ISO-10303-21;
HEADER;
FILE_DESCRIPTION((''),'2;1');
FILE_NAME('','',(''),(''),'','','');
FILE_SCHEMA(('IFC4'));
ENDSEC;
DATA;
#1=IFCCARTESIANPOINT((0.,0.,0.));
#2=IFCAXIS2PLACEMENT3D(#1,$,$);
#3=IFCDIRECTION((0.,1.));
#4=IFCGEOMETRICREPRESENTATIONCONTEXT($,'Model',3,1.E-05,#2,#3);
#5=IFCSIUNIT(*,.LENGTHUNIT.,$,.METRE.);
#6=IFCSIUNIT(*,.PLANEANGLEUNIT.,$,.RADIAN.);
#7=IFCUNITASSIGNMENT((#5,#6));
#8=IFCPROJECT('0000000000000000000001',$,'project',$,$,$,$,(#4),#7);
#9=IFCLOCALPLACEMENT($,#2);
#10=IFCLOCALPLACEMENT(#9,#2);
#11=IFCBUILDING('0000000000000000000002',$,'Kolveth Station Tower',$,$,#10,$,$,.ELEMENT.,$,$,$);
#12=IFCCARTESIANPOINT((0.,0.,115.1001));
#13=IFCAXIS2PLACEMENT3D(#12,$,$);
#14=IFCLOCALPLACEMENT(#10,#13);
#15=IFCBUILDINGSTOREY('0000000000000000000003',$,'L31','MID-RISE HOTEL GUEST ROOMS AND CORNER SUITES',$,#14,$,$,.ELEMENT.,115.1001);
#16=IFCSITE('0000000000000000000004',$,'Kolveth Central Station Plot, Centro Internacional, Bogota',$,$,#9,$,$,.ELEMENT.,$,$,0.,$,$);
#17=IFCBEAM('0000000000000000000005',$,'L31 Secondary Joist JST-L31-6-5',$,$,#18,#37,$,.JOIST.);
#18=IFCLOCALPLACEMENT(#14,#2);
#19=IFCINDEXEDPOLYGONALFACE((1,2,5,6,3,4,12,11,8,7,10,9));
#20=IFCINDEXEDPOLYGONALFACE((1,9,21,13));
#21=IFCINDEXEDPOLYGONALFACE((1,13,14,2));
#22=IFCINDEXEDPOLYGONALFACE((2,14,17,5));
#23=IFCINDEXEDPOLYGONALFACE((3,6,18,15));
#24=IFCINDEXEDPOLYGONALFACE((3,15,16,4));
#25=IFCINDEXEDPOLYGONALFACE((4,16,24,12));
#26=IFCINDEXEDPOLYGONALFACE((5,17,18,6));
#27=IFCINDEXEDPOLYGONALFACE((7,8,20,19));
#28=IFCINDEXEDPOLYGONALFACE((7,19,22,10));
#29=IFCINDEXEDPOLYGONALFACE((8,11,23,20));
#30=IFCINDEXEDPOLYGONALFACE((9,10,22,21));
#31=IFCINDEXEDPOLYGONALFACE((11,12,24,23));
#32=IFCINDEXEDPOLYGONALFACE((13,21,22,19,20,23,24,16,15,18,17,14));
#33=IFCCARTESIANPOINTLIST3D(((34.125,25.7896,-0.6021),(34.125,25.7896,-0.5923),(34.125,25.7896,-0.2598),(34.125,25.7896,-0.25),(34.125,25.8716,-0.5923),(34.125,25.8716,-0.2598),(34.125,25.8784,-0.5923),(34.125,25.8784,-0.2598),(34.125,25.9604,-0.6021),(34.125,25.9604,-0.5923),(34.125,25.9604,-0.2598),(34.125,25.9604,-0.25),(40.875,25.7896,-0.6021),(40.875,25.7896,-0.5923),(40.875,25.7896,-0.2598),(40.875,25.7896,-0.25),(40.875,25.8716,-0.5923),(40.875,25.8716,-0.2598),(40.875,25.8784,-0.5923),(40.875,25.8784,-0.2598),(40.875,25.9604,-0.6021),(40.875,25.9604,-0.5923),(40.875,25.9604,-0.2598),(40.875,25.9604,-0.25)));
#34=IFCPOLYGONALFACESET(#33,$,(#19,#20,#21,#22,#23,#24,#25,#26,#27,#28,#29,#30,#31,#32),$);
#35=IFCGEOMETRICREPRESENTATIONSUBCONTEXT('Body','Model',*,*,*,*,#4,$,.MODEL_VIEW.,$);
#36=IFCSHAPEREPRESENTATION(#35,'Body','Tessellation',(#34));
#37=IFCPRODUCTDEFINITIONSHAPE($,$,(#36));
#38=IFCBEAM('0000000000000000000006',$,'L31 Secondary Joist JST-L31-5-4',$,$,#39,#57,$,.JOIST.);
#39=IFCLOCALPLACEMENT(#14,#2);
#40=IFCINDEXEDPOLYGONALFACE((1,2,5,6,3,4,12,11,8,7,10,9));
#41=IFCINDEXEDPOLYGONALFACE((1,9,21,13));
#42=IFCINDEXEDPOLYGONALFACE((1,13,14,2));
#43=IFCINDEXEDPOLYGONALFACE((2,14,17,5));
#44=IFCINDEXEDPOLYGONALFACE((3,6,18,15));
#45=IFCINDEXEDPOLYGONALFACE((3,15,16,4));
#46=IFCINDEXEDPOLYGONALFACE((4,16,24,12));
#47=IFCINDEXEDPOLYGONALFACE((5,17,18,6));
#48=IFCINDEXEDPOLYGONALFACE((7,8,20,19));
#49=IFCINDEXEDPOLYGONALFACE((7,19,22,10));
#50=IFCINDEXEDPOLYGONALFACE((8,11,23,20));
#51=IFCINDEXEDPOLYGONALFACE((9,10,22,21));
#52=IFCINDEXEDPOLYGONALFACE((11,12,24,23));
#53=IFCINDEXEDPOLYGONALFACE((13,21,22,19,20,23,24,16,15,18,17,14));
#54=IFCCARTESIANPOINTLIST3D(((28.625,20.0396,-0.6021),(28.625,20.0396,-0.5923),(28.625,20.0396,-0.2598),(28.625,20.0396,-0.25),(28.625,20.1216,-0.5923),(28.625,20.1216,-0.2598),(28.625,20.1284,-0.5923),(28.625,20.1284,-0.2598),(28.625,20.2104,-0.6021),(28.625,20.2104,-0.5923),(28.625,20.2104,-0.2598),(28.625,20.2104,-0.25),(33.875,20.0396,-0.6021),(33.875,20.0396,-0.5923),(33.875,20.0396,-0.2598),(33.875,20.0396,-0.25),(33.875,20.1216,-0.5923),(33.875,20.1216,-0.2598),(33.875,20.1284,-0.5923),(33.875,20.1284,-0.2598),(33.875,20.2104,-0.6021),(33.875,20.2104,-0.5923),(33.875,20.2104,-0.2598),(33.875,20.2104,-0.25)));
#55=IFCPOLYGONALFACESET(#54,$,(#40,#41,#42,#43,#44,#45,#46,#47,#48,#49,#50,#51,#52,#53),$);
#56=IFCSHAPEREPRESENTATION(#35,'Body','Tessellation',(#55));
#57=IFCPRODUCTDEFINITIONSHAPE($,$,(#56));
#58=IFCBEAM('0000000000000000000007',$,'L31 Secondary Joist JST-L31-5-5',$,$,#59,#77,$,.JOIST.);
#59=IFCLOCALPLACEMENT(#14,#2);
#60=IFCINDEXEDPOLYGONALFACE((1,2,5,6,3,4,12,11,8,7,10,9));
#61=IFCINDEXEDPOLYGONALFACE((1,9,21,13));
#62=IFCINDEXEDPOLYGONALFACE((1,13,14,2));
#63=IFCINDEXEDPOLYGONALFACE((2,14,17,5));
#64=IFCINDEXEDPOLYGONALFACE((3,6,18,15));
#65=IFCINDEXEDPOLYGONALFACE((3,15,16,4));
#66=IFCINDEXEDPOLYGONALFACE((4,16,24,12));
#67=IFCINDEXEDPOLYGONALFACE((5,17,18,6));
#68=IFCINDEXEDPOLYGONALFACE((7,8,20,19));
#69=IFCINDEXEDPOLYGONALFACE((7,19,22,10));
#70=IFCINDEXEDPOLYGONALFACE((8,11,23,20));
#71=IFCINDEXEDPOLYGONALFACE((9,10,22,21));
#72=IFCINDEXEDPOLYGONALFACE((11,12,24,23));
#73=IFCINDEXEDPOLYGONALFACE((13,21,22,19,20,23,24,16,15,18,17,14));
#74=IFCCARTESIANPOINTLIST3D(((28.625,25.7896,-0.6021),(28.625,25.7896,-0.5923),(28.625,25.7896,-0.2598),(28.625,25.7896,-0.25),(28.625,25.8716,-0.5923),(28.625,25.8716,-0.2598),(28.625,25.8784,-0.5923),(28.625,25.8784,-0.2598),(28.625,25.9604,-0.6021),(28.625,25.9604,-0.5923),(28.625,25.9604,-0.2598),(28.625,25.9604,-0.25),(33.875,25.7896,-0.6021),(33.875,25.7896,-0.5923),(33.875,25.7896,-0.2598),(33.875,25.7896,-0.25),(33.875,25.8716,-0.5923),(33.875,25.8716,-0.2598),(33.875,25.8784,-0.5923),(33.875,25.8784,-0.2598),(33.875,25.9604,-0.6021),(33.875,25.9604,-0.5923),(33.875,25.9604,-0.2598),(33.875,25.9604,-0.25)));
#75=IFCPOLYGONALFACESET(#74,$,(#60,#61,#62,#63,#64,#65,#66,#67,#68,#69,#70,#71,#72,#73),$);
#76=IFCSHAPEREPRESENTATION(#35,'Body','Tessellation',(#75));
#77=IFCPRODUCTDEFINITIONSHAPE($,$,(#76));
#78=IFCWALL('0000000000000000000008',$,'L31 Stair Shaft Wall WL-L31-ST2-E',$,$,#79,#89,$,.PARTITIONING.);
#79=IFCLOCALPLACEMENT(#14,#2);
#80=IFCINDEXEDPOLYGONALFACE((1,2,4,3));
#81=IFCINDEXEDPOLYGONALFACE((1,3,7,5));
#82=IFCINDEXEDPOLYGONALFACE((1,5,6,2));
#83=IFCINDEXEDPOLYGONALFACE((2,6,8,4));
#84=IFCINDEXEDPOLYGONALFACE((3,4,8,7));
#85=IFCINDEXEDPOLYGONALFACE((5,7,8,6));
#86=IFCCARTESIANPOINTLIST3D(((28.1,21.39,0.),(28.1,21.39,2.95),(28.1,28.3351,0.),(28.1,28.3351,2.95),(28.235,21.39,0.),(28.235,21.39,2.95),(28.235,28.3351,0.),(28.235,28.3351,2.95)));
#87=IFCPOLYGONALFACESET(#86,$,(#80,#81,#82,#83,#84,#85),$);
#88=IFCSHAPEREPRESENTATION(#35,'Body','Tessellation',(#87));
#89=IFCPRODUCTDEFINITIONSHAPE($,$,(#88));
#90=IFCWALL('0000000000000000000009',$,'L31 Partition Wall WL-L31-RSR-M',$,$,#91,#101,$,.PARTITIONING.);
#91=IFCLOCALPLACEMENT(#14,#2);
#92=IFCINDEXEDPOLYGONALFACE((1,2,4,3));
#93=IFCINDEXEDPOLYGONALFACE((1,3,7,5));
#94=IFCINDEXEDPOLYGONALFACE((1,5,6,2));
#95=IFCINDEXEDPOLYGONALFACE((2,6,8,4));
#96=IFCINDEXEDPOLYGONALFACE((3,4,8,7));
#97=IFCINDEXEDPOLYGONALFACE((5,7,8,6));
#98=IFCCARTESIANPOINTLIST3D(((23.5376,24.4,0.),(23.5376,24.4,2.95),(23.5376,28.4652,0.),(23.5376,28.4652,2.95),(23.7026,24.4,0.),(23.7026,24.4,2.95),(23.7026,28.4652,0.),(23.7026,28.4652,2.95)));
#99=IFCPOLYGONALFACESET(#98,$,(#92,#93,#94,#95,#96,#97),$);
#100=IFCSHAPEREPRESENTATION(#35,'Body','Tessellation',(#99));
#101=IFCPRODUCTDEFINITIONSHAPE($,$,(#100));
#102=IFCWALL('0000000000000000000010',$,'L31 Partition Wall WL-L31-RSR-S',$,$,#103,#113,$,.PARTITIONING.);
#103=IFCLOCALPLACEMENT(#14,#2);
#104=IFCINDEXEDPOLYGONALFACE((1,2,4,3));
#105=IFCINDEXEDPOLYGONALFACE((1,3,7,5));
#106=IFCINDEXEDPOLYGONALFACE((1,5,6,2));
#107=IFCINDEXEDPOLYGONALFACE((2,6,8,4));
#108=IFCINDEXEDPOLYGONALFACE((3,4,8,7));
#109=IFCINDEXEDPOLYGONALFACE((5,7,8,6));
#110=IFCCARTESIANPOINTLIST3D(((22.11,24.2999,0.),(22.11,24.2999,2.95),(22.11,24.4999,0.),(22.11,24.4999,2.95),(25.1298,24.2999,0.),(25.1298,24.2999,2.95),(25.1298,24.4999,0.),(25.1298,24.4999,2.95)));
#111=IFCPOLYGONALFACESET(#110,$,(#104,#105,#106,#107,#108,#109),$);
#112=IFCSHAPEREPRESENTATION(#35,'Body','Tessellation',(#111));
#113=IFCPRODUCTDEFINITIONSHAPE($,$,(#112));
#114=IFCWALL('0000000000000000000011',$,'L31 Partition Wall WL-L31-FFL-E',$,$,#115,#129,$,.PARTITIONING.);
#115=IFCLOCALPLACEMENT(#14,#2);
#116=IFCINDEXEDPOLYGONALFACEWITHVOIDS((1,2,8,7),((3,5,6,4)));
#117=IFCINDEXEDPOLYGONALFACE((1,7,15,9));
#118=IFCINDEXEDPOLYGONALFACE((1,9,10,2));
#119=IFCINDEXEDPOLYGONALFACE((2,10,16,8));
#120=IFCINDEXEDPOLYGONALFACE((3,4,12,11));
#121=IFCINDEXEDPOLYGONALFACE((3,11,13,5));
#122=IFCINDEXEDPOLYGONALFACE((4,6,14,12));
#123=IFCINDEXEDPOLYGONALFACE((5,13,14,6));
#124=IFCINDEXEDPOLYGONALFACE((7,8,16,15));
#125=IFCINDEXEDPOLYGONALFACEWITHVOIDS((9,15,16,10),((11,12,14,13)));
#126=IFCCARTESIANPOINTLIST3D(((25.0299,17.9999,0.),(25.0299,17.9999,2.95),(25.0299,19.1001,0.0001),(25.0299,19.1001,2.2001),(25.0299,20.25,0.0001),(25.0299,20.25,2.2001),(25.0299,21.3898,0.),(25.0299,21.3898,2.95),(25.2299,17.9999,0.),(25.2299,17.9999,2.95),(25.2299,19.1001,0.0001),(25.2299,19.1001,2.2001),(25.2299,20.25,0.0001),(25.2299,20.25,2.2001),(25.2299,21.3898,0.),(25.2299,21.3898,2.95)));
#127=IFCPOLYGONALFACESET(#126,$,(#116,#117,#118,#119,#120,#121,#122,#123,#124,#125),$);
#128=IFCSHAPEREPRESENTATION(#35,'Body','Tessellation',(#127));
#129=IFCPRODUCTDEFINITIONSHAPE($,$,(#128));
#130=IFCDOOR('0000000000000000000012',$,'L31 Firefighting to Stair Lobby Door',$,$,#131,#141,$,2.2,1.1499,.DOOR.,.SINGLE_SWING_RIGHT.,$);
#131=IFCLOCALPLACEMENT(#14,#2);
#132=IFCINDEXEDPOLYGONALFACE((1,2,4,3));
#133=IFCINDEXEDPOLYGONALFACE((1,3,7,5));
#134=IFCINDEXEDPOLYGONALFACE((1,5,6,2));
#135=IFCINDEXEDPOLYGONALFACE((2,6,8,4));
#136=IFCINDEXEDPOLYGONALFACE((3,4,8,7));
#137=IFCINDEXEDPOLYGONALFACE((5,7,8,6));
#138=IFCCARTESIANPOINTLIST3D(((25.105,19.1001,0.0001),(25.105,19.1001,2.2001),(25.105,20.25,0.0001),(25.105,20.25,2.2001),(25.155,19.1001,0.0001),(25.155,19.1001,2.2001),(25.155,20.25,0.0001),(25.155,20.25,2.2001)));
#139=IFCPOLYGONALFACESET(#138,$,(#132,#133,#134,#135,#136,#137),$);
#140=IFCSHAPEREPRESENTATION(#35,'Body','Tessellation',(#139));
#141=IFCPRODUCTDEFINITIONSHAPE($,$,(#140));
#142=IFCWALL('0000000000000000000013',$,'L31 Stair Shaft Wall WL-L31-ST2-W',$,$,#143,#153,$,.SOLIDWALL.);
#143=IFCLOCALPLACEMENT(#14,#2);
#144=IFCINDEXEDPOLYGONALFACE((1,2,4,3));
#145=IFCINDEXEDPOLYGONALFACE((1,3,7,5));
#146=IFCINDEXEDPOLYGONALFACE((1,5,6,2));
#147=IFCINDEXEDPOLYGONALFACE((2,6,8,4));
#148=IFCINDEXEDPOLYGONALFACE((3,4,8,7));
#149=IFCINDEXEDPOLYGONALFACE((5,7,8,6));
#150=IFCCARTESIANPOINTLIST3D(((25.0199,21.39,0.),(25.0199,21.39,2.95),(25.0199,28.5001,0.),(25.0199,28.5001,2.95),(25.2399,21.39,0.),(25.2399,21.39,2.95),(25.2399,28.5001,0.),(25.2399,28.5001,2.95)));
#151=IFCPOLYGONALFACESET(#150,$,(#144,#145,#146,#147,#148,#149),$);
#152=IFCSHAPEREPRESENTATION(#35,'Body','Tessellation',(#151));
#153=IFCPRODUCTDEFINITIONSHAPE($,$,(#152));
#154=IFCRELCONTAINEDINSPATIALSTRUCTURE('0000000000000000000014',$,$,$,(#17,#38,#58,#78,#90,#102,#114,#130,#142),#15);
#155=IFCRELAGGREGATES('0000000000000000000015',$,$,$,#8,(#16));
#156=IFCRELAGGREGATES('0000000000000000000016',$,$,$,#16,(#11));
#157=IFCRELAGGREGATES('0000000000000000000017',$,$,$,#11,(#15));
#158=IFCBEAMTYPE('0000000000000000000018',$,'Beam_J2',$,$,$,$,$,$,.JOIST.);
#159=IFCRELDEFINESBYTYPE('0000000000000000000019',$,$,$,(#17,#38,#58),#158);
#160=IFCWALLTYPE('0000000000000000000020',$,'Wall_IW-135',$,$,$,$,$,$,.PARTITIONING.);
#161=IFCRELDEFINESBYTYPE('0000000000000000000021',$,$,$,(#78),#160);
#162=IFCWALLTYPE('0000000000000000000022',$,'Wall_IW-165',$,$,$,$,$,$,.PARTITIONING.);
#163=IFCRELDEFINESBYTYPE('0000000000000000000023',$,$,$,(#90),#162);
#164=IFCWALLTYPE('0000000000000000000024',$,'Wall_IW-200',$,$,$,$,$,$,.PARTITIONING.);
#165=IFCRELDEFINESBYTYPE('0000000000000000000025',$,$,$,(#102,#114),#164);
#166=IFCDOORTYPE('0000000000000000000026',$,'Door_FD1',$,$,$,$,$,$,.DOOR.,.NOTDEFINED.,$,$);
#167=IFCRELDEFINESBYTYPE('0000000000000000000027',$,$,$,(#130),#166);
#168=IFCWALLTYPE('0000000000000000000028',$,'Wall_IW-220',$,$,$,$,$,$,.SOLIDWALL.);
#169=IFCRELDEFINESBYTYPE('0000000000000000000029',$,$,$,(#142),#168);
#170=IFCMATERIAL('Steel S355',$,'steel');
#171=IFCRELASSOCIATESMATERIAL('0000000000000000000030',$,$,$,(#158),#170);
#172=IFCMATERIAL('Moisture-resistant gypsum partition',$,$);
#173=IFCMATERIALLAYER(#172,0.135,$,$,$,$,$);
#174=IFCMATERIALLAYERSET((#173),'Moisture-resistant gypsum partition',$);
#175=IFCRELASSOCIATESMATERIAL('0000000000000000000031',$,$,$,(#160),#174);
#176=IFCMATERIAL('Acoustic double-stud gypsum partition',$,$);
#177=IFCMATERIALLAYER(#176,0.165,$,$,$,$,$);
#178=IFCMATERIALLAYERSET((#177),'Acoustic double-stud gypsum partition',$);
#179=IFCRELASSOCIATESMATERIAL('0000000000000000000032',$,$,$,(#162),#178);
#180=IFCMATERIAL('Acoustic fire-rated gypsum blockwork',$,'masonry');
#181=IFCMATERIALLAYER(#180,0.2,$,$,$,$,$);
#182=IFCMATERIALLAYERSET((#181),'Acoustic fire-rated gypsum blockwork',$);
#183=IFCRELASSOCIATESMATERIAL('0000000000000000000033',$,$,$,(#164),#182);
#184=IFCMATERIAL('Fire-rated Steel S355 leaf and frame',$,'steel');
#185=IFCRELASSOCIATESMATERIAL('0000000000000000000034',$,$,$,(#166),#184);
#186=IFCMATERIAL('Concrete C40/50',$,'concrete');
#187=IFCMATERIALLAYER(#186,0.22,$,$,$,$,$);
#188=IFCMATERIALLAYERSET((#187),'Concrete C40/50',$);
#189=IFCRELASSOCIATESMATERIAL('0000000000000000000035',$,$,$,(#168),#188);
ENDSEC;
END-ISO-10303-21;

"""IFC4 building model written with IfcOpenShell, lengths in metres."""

from ifc_helpers import new_model, si_unit, direction, frame, frame_2d, origin, origin_2d, place, context, subcontext, project, spatial, rectangle, i_section, extrude, source, transform, mapped, material, layer, layer_set, material_profile, profile_set, type_object, element, fill, save


model = new_model("IFC4")

# Units and contexts
model_context = context("Model", 3, precision=1e-05, world=origin(), true_north=direction((0.0, 1.0)))
body_context = subcontext(model_context, "Body", "Model", "MODEL_VIEW")
ifc_project = project(units=[si_unit("LENGTHUNIT", "METRE"), si_unit("PLANEANGLEUNIT", "RADIAN")], contexts=[model_context])

# Site, building, storey
site_placement = place(None, origin())
site = spatial("IfcSite", under=ifc_project, at=site_placement, Name="Kolveth Central Station Plot, Centro Internacional, Bogota", CompositionType="ELEMENT", RefElevation=0.0)
building_placement = place(site_placement, origin())
building = spatial("IfcBuilding", under=site, at=building_placement, Name="Kolveth Station Tower", CompositionType="ELEMENT")
storey_placement = place(building_placement, frame((0.0, 0.0, 115.1001)))
storey = spatial("IfcBuildingStorey", under=building, at=storey_placement, Name="L31", Description="MID-RISE HOTEL GUEST ROOMS AND CORNER SUITES", CompositionType="ELEMENT", Elevation=115.1001)

# Shared definitions
ifc_material_1 = material(Name="Steel S355", Category="steel")

# Beams
ifc_material_profile_1 = material_profile(ifc_material_1, i_section(OverallWidth=0.1709, OverallDepth=0.3521, WebThickness=0.0068, FlangeThickness=0.0098, at=origin_2d()), Name="W360x44")
ifc_profile_set_1 = profile_set([ifc_material_profile_1], Name="Steel S355")
beam_type_1 = type_object("IfcBeamType", Name="Beam_J2", PredefinedType="JOIST", material=ifc_profile_set_1)
shared_shape_1 = source(origin(), body_context, "Body", "SweptSolid", [
    extrude(i_section(OverallWidth=0.1709, OverallDepth=0.3521, WebThickness=0.0068, FlangeThickness=0.0098, at=origin_2d()), origin(), (0.0, 0.0, 1.0), 6.75),
])
for number, where, z_axis, x_axis, name in (
    (1, (34.125, 25.875, -0.426), (1.0, 0.0, 0.0), (0.0, 1.0, 0.0), "L31 Secondary Joist JST-L31-6-5"),
):
    element("IfcBeam", number, at=place(storey_placement, frame(where, z_axis=z_axis, x_axis=x_axis)), inside=storey, type_object=beam_type_1, Name=name, PredefinedType="JOIST", context=body_context, shape_type="MappedRepresentation", body=[
        mapped(shared_shape_1, transform((0.0, 0.0, 0.0), x_axis=(1.0, 0.0, 0.0), y_axis=(0.0, 1.0, 0.0), z_axis=(0.0, 0.0, 1.0), scale=1.0)),
    ])
shared_shape_2 = source(origin(), body_context, "Body", "SweptSolid", [
    extrude(i_section(OverallWidth=0.1709, OverallDepth=0.3521, WebThickness=0.0068, FlangeThickness=0.0098, at=origin_2d()), origin(), (0.0, 0.0, 1.0), 5.25),
])
for number, where, z_axis, x_axis, name in (
    (2, (28.625, 20.125, -0.426), (1.0, 0.0, 0.0), (0.0, 1.0, 0.0), "L31 Secondary Joist JST-L31-5-4"),
    (3, (28.625, 25.875, -0.426), (1.0, 0.0, 0.0), (0.0, 1.0, 0.0), "L31 Secondary Joist JST-L31-5-5"),
):
    element("IfcBeam", number, at=place(storey_placement, frame(where, z_axis=z_axis, x_axis=x_axis)), inside=storey, type_object=beam_type_1, Name=name, PredefinedType="JOIST", context=body_context, shape_type="MappedRepresentation", body=[
        mapped(shared_shape_2, transform((0.0, 0.0, 0.0), x_axis=(1.0, 0.0, 0.0), y_axis=(0.0, 1.0, 0.0), z_axis=(0.0, 0.0, 1.0), scale=1.0)),
    ])

# Walls
ifc_material_2 = material(Name="Moisture-resistant gypsum partition")
ifc_layer_1 = layer(ifc_material_2, 0.135)
ifc_layer_set_1 = layer_set([ifc_layer_1], Name="Moisture-resistant gypsum partition")
wall_type_1 = type_object("IfcWallType", Name="Wall_IW-135", PredefinedType="PARTITIONING", material=ifc_layer_set_1)
wall_1_placement = place(storey_placement, frame((28.1675, 21.3899, 0.0), z_axis=(0.0, 0.0, 1.0), x_axis=(0.0, 1.0, 0.0)))
element("IfcWall", 4, at=wall_1_placement, inside=storey, type_object=wall_type_1, Name="L31 Stair Shaft Wall WL-L31-ST2-E", PredefinedType="PARTITIONING", context=body_context, shape_type="SweptSolid", body=[
    extrude(rectangle(XDim=6.9451, YDim=0.135, at=frame_2d((3.4727, 0.0))), origin(), (0.0, 0.0, 1.0), 2.95),
])
ifc_material_3 = material(Name="Acoustic double-stud gypsum partition")
ifc_layer_2 = layer(ifc_material_3, 0.165)
ifc_layer_set_2 = layer_set([ifc_layer_2], Name="Acoustic double-stud gypsum partition")
wall_type_2 = type_object("IfcWallType", Name="Wall_IW-165", PredefinedType="PARTITIONING", material=ifc_layer_set_2)
wall_2_placement = place(storey_placement, frame((23.6201, 24.3999, 0.0), z_axis=(0.0, 0.0, 1.0), x_axis=(0.0, 1.0, 0.0)))
element("IfcWall", 5, at=wall_2_placement, inside=storey, type_object=wall_type_2, Name="L31 Partition Wall WL-L31-RSR-M", PredefinedType="PARTITIONING", context=body_context, shape_type="SweptSolid", body=[
    extrude(rectangle(XDim=4.0652, YDim=0.165, at=frame_2d((2.0327, 0.0))), origin(), (0.0, 0.0, 1.0), 2.95),
])
ifc_material_4 = material(Name="Acoustic fire-rated gypsum blockwork", Category="masonry")
ifc_layer_3 = layer(ifc_material_4, 0.2)
ifc_layer_set_3 = layer_set([ifc_layer_3], Name="Acoustic fire-rated gypsum blockwork")
wall_type_3 = type_object("IfcWallType", Name="Wall_IW-200", PredefinedType="PARTITIONING", material=ifc_layer_set_3)
wall_3_placement = place(storey_placement, frame((22.1101, 24.3999, 0.0), z_axis=(0.0, 0.0, 1.0), x_axis=(1.0, 0.0, 0.0)))
element("IfcWall", 6, at=wall_3_placement, inside=storey, type_object=wall_type_3, Name="L31 Partition Wall WL-L31-RSR-S", PredefinedType="PARTITIONING", context=body_context, shape_type="SweptSolid", body=[
    extrude(rectangle(XDim=3.0198, YDim=0.2, at=frame_2d((1.5098, 0.0))), origin(), (0.0, 0.0, 1.0), 2.95),
])

# Wall, opening, door
wall_4_placement = place(storey_placement, frame((25.1299, 18.0, 0.0), z_axis=(0.0, 0.0, 1.0), x_axis=(0.0, 1.0, 0.0)))
wall_4 = element("IfcWall", 7, at=wall_4_placement, inside=storey, type_object=wall_type_3, Name="L31 Partition Wall WL-L31-FFL-E", PredefinedType="PARTITIONING", context=body_context, shape_type="SweptSolid", body=[
    extrude(rectangle(XDim=3.3899, YDim=0.2, at=frame_2d((1.6948, 0.0))), origin(), (0.0, 0.0, 1.0), 2.95),
])
opening_1_placement = place(wall_4_placement, frame((1.1001, 0.0, 0.0)))
opening_1 = element("IfcOpeningElement", 8, at=opening_1_placement, cuts=wall_4, PredefinedType="OPENING", context=body_context, shape_type="SweptSolid", body=[
    extrude(rectangle(XDim=1.1499, YDim=2.2, at=frame_2d((0.575, 1.1001))), frame((0.0, 0.1099, 0.0), z_axis=(0.0, -1.0, 0.0), x_axis=(1.0, 0.0, 0.0)), (0.0, 0.0, 1.0), 0.22),
])
ifc_material_5 = material(Name="Fire-rated Steel S355 leaf and frame", Category="steel")
door_type = type_object("IfcDoorType", Name="Door_FD1", OperationType="NOTDEFINED", PredefinedType="DOOR", material=ifc_material_5)
door_1_placement = place(opening_1_placement, origin())
door_1 = element("IfcDoor", 9, at=door_1_placement, inside=storey, type_object=door_type, Name="L31 Firefighting to Stair Lobby Door", OperationType="SINGLE_SWING_RIGHT", OverallHeight=2.2, OverallWidth=1.1499, PredefinedType="DOOR", context=body_context, shape_type="SweptSolid", body=[
    extrude(rectangle(XDim=1.1499, YDim=2.2, at=frame_2d((0.575, 1.1001))), frame((0.0, 0.0249, 0.0), z_axis=(0.0, -1.0, 0.0), x_axis=(1.0, 0.0, 0.0)), (0.0, 0.0, 1.0), 0.05),
])
fill(opening_1, door_1)

# Wall
ifc_material_6 = material(Name="Concrete C40/50", Category="concrete")
ifc_layer_4 = layer(ifc_material_6, 0.22)
ifc_layer_set_4 = layer_set([ifc_layer_4], Name="Concrete C40/50")
wall_type_4 = type_object("IfcWallType", Name="Wall_IW-220", PredefinedType="SOLIDWALL", material=ifc_layer_set_4)
wall_5_placement = place(storey_placement, frame((25.1299, 21.3899, 0.0), z_axis=(0.0, 0.0, 1.0), x_axis=(0.0, 1.0, 0.0)))
element("IfcWall", 10, at=wall_5_placement, inside=storey, type_object=wall_type_4, Name="L31 Stair Shaft Wall WL-L31-ST2-W", PredefinedType="SOLIDWALL", context=body_context, shape_type="SweptSolid", body=[
    extrude(rectangle(XDim=7.1101, YDim=0.22, at=frame_2d((3.5552, 0.0))), origin(), (0.0, 0.0, 1.0), 2.95),
])

save(model, "model.ifc")
